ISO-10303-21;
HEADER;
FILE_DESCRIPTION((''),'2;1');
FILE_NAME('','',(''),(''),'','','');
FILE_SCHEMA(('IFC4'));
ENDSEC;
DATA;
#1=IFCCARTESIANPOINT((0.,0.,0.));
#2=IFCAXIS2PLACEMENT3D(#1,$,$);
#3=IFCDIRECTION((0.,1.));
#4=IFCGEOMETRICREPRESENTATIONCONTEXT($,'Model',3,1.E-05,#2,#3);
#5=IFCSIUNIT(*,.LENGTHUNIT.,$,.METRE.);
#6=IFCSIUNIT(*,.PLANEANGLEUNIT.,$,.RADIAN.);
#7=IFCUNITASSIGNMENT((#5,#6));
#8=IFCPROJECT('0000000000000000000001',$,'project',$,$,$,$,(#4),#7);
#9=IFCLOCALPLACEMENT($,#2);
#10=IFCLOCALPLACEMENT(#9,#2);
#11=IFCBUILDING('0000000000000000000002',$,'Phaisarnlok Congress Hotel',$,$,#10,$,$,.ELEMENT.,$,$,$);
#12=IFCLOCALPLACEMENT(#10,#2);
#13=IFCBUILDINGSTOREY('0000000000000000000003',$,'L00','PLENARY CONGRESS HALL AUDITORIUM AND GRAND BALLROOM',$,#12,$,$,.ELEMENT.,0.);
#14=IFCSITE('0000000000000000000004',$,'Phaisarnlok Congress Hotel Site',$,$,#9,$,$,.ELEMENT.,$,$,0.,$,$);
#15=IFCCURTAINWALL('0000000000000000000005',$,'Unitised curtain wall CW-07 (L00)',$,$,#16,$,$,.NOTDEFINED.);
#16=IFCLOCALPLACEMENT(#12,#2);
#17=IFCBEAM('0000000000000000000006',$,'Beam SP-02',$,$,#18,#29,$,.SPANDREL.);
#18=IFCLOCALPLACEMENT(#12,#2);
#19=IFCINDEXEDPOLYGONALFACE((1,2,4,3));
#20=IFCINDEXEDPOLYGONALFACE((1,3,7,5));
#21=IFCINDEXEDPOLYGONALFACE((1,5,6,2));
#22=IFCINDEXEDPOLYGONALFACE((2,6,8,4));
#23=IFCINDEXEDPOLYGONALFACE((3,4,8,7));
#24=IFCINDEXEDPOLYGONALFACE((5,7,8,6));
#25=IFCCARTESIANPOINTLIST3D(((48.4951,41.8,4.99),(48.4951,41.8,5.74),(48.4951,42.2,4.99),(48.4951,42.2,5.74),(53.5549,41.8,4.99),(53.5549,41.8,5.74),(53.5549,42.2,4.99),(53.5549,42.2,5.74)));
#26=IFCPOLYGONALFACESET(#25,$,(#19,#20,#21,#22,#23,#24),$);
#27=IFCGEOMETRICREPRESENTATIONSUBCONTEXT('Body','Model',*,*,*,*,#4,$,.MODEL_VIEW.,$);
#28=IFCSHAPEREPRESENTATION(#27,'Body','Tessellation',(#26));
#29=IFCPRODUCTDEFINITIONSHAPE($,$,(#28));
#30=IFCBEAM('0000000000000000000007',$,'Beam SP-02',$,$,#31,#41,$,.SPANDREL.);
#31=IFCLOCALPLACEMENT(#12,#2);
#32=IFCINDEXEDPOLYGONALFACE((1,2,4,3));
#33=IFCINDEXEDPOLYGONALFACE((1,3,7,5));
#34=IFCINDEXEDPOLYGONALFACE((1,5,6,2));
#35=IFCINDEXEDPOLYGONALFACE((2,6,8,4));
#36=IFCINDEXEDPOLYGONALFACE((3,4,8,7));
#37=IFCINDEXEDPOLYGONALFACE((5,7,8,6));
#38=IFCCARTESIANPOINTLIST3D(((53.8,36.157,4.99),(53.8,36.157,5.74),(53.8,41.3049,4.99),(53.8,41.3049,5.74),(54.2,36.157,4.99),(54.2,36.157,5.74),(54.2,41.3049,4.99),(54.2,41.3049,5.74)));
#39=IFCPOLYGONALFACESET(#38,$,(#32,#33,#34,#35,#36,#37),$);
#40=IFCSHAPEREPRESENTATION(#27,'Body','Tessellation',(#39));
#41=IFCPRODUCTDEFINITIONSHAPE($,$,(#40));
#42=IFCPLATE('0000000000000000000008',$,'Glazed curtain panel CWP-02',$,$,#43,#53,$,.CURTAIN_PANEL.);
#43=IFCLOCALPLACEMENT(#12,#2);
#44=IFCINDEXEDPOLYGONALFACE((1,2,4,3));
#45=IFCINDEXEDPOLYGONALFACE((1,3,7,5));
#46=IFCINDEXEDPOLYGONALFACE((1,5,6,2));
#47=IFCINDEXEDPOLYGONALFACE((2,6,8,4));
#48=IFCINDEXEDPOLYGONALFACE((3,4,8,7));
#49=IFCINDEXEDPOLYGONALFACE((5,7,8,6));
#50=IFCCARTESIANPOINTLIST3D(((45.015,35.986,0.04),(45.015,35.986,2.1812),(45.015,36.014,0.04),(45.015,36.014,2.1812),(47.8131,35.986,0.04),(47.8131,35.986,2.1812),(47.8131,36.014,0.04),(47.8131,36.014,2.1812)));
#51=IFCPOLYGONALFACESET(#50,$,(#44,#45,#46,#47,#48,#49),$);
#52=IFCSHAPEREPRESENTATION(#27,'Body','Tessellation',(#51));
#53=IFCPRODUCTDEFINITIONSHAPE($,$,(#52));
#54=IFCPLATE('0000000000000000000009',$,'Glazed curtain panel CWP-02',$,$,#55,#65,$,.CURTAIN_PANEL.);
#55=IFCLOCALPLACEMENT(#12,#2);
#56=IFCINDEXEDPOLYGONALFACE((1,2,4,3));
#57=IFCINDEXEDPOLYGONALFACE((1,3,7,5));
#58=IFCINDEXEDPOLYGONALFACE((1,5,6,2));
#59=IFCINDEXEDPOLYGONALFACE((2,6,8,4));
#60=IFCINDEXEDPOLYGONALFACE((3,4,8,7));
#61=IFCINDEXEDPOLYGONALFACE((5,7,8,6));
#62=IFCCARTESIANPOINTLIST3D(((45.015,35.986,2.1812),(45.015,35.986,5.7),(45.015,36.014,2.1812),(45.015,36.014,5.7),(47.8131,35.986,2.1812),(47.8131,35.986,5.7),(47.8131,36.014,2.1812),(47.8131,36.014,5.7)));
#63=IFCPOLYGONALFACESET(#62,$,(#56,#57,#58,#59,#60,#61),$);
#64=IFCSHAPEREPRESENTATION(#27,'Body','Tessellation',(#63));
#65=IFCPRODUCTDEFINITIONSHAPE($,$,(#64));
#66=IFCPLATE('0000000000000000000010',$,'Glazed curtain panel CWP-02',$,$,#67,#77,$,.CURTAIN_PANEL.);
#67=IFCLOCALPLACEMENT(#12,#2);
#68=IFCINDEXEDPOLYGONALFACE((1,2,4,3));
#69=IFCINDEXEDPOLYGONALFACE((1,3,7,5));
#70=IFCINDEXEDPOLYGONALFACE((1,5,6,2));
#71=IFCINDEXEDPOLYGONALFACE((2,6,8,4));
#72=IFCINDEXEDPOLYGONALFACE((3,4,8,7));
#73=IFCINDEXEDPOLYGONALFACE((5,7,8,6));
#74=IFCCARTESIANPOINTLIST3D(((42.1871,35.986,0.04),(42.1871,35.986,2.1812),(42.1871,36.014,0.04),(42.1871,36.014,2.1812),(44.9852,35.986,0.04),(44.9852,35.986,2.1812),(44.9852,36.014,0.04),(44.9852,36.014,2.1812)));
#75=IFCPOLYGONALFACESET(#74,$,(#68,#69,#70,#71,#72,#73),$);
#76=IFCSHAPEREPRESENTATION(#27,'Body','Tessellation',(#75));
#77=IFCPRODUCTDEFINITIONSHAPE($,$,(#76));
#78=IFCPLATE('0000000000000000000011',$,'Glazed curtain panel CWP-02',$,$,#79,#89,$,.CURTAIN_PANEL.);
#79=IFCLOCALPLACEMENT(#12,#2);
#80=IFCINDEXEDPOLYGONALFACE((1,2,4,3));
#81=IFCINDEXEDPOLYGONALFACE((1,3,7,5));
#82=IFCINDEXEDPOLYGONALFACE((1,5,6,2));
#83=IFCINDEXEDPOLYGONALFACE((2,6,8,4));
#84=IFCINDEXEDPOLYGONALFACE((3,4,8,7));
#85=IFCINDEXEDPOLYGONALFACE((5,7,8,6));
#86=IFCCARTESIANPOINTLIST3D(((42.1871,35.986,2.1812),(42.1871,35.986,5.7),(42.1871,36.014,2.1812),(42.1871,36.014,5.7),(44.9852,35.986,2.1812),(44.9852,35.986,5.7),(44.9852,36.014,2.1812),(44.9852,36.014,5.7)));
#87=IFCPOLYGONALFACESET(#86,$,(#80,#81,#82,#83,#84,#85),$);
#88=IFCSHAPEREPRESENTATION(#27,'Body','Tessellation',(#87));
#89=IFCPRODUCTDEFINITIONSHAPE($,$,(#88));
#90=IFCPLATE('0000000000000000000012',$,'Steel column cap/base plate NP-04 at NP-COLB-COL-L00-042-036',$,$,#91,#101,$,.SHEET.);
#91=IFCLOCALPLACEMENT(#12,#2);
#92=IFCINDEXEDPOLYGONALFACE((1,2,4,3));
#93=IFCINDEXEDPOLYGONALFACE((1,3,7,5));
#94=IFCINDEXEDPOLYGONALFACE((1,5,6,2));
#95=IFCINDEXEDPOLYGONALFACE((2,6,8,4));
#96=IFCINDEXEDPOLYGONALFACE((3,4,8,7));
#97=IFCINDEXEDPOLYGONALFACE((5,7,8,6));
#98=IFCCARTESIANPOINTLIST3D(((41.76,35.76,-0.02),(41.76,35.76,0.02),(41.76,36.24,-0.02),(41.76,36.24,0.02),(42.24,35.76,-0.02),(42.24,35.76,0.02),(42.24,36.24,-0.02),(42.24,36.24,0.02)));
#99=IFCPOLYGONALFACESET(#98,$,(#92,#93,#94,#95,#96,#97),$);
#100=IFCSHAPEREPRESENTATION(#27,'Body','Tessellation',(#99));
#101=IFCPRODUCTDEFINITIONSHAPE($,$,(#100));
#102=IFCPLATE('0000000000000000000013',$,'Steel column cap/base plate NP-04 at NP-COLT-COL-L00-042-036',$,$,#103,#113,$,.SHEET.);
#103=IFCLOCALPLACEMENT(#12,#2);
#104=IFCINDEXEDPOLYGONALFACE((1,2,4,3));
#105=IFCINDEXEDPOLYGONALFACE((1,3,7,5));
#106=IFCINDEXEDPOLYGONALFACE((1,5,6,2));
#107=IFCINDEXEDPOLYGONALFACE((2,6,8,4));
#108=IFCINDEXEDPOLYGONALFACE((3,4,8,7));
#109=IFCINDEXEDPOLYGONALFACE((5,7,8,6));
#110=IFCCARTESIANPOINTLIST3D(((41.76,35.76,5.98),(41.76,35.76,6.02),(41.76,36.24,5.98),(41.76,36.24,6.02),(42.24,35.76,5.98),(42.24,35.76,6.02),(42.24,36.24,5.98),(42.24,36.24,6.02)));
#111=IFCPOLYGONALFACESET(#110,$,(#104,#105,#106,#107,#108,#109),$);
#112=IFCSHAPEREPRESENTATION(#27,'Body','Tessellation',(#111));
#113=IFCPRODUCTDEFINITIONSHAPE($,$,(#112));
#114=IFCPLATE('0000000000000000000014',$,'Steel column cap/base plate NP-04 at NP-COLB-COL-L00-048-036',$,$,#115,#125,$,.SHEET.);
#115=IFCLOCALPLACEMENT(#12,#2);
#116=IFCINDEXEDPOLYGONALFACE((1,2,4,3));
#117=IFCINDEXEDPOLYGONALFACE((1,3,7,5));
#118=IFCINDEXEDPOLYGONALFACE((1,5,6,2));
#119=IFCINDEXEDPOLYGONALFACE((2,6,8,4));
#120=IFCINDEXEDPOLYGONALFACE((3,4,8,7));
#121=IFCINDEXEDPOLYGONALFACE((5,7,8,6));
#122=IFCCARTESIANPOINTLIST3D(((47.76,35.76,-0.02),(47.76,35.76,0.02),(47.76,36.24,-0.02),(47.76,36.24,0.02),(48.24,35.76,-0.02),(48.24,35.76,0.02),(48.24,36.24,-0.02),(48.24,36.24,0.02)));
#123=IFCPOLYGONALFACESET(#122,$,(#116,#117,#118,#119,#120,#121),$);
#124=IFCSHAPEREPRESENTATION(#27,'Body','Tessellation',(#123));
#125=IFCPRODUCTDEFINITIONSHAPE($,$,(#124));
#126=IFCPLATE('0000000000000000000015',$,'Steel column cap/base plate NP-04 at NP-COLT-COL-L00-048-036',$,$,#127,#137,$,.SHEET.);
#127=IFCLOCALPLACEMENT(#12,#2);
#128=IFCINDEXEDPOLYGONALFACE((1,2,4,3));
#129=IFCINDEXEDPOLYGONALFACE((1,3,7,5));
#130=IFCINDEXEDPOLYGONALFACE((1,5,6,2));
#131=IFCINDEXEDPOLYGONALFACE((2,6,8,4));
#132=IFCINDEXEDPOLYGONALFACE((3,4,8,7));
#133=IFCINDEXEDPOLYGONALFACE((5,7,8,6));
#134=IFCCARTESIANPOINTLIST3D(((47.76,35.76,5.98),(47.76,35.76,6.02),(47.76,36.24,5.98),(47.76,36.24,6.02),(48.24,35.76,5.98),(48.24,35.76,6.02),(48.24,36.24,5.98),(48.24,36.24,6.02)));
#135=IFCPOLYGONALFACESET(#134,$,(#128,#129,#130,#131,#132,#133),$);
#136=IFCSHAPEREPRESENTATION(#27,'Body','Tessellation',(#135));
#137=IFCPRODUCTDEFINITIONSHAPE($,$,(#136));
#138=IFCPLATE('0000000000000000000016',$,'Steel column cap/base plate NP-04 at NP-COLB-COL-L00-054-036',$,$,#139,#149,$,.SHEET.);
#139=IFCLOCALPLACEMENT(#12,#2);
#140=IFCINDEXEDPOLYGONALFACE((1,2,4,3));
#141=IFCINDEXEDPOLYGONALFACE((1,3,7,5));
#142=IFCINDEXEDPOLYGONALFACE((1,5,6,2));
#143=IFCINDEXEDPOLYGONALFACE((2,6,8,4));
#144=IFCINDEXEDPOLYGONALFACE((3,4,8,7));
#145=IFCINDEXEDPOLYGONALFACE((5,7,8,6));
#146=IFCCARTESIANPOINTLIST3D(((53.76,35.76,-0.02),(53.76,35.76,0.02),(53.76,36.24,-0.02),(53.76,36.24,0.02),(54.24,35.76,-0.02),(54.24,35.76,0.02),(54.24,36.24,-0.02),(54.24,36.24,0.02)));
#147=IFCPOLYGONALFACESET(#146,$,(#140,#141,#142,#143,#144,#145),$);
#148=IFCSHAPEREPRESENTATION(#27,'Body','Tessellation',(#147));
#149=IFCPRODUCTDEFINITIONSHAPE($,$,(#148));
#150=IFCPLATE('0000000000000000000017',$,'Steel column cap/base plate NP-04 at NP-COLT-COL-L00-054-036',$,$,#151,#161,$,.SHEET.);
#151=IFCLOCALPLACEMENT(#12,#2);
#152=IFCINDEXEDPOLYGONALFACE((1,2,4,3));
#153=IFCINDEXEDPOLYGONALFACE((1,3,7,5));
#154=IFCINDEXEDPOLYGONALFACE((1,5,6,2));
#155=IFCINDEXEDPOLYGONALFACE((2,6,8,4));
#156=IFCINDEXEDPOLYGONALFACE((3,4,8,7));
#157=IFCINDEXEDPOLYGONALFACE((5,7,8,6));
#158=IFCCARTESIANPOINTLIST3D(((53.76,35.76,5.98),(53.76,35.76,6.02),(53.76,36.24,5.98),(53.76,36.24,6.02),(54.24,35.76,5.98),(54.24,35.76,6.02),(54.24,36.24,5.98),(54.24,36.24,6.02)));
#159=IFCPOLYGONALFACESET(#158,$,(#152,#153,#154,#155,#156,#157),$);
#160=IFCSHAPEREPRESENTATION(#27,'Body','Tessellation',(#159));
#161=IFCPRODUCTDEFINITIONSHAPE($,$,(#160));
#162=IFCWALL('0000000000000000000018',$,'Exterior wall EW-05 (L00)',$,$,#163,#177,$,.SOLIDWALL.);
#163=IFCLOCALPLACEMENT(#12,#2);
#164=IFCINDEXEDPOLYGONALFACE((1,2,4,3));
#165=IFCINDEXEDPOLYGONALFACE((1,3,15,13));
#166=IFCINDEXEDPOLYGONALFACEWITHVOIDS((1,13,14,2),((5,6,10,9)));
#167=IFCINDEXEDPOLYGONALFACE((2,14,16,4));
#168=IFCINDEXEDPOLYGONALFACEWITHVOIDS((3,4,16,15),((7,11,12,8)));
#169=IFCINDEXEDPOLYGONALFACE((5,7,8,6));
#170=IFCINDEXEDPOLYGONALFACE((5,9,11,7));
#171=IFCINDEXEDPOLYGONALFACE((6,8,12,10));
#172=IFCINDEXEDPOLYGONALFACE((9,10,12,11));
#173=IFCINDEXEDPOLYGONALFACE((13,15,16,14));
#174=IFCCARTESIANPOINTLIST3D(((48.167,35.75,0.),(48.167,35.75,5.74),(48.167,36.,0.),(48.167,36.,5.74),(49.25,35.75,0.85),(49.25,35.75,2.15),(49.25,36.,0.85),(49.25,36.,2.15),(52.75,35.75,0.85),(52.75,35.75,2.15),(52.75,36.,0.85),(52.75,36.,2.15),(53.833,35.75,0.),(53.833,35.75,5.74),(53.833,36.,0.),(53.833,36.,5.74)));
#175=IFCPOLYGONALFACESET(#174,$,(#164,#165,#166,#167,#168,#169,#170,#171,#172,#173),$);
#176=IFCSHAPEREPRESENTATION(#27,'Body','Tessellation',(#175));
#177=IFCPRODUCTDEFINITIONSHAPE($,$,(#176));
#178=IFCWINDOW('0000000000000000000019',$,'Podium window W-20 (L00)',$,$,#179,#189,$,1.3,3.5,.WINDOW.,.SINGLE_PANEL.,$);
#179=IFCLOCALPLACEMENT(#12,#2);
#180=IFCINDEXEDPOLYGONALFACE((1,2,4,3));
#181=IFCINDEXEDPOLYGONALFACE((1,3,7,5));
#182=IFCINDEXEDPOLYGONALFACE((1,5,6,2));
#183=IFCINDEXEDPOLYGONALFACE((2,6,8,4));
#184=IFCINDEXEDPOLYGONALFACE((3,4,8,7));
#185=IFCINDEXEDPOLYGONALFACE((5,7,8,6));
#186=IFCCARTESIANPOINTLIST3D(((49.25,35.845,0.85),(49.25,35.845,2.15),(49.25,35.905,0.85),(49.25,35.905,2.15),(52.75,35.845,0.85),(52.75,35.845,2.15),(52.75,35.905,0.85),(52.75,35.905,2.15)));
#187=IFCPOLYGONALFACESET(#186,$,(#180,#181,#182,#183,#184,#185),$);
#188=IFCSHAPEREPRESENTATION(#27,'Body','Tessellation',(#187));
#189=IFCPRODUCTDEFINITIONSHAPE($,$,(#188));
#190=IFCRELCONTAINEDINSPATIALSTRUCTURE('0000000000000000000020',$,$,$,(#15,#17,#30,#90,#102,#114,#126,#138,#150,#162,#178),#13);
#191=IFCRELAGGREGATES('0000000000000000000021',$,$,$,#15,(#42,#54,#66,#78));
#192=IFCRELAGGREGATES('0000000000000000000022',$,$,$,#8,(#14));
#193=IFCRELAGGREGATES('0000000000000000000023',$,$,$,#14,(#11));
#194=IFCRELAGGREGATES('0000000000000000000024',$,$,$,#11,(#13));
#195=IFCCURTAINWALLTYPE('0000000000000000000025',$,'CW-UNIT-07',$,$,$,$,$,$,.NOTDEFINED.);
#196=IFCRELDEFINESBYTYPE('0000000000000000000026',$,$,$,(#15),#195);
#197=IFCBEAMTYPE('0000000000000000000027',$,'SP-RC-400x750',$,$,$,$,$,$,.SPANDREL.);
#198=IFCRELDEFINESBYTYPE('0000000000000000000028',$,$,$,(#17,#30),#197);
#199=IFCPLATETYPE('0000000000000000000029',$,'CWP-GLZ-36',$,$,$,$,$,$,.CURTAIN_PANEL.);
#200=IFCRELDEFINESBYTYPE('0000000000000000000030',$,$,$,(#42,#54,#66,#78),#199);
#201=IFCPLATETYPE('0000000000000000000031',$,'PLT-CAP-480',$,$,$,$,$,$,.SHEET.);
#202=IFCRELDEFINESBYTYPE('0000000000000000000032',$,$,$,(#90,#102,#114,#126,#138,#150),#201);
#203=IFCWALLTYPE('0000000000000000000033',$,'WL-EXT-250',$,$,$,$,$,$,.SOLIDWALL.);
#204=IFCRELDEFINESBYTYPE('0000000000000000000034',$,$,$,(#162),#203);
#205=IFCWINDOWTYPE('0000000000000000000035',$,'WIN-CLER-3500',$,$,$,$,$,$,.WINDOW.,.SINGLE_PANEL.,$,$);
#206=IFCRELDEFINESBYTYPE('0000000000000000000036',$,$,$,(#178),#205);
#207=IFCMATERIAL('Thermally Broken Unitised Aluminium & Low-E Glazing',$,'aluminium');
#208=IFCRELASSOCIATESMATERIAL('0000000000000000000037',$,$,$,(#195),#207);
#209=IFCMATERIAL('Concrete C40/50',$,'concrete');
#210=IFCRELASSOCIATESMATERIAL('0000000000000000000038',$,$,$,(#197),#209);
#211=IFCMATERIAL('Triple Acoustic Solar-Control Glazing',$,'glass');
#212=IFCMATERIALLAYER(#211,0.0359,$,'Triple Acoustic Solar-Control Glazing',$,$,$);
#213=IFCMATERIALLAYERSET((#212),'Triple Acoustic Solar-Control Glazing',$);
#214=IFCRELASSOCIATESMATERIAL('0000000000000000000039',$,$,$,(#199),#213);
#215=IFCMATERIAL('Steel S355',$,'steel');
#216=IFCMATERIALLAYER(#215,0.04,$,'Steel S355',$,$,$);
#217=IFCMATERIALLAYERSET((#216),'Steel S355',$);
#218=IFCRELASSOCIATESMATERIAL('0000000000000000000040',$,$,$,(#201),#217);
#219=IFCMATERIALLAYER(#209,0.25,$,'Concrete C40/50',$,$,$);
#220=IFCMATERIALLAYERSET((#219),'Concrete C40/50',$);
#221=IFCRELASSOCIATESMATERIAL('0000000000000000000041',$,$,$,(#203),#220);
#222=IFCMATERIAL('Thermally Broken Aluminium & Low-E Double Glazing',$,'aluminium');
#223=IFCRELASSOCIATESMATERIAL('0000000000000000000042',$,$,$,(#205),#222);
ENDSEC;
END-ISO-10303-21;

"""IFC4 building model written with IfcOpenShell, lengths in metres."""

from ifc_helpers import new_model, si_unit, direction, frame, frame_2d, origin, origin_2d, place, context, subcontext, project, spatial, rectangle, extrude, material, layer, layer_set, material_profile, profile_set, type_object, element, fill, aggregate, save


model = new_model("IFC4")

# Units and contexts
model_context = context("Model", 3, precision=1e-05, world=origin(), true_north=direction((0.0, 1.0)))
body_context = subcontext(model_context, "Body", "Model", "MODEL_VIEW")
ifc_project = project(units=[si_unit("LENGTHUNIT", "METRE"), si_unit("PLANEANGLEUNIT", "RADIAN")], contexts=[model_context])

# Site, building, storey
site_placement = place(None, origin())
site = spatial("IfcSite", under=ifc_project, at=site_placement, Name="Phaisarnlok Congress Hotel Site", CompositionType="ELEMENT", RefElevation=0.0)
building_placement = place(site_placement, origin())
building = spatial("IfcBuilding", under=site, at=building_placement, Name="Phaisarnlok Congress Hotel", CompositionType="ELEMENT")
storey_placement = place(building_placement, origin())
storey = spatial("IfcBuildingStorey", under=building, at=storey_placement, Name="L00", Description="PLENARY CONGRESS HALL AUDITORIUM AND GRAND BALLROOM", CompositionType="ELEMENT", Elevation=0.0)

# Shared definitions
ifc_material_1 = material(Name="Steel S355", Category="steel")

# Shared definitions
ifc_material_2 = material(Name="Thermally Broken Unitised Aluminium & Low-E Glazing", Category="aluminium")

# Curtain wall
curtain_wall_type_1 = type_object("IfcCurtainWallType", Name="CW-UNIT-07", PredefinedType="NOTDEFINED", material=ifc_material_2)
curtain_wall_1_placement = place(storey_placement, origin())
curtain_wall_1 = element("IfcCurtainWall", 1, at=curtain_wall_1_placement, inside=storey, type_object=curtain_wall_type_1, Name="Unitised curtain wall CW-07 (L00)", PredefinedType="NOTDEFINED")

# Beams
ifc_material_3 = material(Name="Concrete C40/50", Category="concrete")
ifc_material_profile_1 = material_profile(ifc_material_3, rectangle(XDim=0.3999, YDim=0.75, at=origin_2d()), Name="RC 400x750")
ifc_profile_set_1 = profile_set([ifc_material_profile_1], Name="Concrete C40/50")
beam_type = type_object("IfcBeamType", Name="SP-RC-400x750", PredefinedType="SPANDREL", material=ifc_profile_set_1)
for number, where, z_axis, x_axis, name in (
    (2, (48.4951, 42.0, 5.365), (1.0, 0.0, 0.0), (0.0, 1.0, 0.0), "Beam SP-02"),
):
    element("IfcBeam", number, at=place(storey_placement, frame(where, z_axis=z_axis, x_axis=x_axis)), inside=storey, type_object=beam_type, Name=name, PredefinedType="SPANDREL", context=body_context, shape_type="SweptSolid", body=[
        extrude(rectangle(XDim=0.3999, YDim=0.75, at=origin_2d()), origin(), (0.0, 0.0, 1.0), 5.0598),
    ])
beam_placement = place(storey_placement, frame((54.0, 36.157, 5.365), z_axis=(0.0, 1.0, 0.0), x_axis=(-1.0, 0.0, 0.0)))
element("IfcBeam", 3, at=beam_placement, inside=storey, type_object=beam_type, Name="Beam SP-02", PredefinedType="SPANDREL", context=body_context, shape_type="SweptSolid", body=[
    extrude(rectangle(XDim=0.3999, YDim=0.75, at=origin_2d()), origin(), (0.0, 0.0, 1.0), 5.1479),
])

# Plates
ifc_material_4 = material(Name="Triple Acoustic Solar-Control Glazing", Category="glass")
ifc_layer_1 = layer(ifc_material_4, 0.0359, Name="Triple Acoustic Solar-Control Glazing")
ifc_layer_set_1 = layer_set([ifc_layer_1], Name="Triple Acoustic Solar-Control Glazing")
plate_type_1 = type_object("IfcPlateType", Name="CWP-GLZ-36", PredefinedType="CURTAIN_PANEL", material=ifc_layer_set_1)
plate_1_placement = place(storey_placement, frame((47.813, 36.0, 0.04), z_axis=(0.0, 0.0, 1.0), x_axis=(-1.0, 0.0, 0.0)))
plate_1 = element("IfcPlate", 4, at=plate_1_placement, type_object=plate_type_1, Name="Glazed curtain panel CWP-02", PredefinedType="CURTAIN_PANEL", context=body_context, shape_type="SweptSolid", body=[
    extrude(rectangle(XDim=2.7981, YDim=0.0281, at=frame_2d((1.3989, 0.0))), origin(), (0.0, 0.0, 1.0), 2.1411),
])
plate_2_placement = place(storey_placement, frame((47.813, 36.0, 2.1812), z_axis=(0.0, 0.0, 1.0), x_axis=(-1.0, 0.0, 0.0)))
plate_2 = element("IfcPlate", 5, at=plate_2_placement, type_object=plate_type_1, Name="Glazed curtain panel CWP-02", PredefinedType="CURTAIN_PANEL", context=body_context, shape_type="SweptSolid", body=[
    extrude(rectangle(XDim=2.7981, YDim=0.0281, at=frame_2d((1.3989, 0.0))), origin(), (0.0, 0.0, 1.0), 3.5188),
])
plate_3_placement = place(storey_placement, frame((44.9851, 36.0, 0.04), z_axis=(0.0, 0.0, 1.0), x_axis=(-1.0, 0.0, 0.0)))
plate_3 = element("IfcPlate", 6, at=plate_3_placement, type_object=plate_type_1, Name="Glazed curtain panel CWP-02", PredefinedType="CURTAIN_PANEL", context=body_context, shape_type="SweptSolid", body=[
    extrude(rectangle(XDim=2.7981, YDim=0.0281, at=frame_2d((1.3989, 0.0))), origin(), (0.0, 0.0, 1.0), 2.1411),
])
plate_4_placement = place(storey_placement, frame((44.9851, 36.0, 2.1812), z_axis=(0.0, 0.0, 1.0), x_axis=(-1.0, 0.0, 0.0)))
plate_4 = element("IfcPlate", 7, at=plate_4_placement, type_object=plate_type_1, Name="Glazed curtain panel CWP-02", PredefinedType="CURTAIN_PANEL", context=body_context, shape_type="SweptSolid", body=[
    extrude(rectangle(XDim=2.7981, YDim=0.0281, at=frame_2d((1.3989, 0.0))), origin(), (0.0, 0.0, 1.0), 3.5188),
])
aggregate(curtain_wall_1, [plate_1, plate_2, plate_3, plate_4])

# Plates
ifc_layer_2 = layer(ifc_material_1, 0.04, Name="Steel S355")
ifc_layer_set_2 = layer_set([ifc_layer_2], Name="Steel S355")
plate_type_2 = type_object("IfcPlateType", Name="PLT-CAP-480", PredefinedType="SHEET", material=ifc_layer_set_2)
for number, where, z_axis, x_axis, name in (
    (8, (42.0, 36.0, -0.02), (0.0, 0.0, 1.0), (1.0, 0.0, 0.0), "Steel column cap/base plate NP-04 at NP-COLB-COL-L00-042-036"),
    (9, (42.0, 36.0, 5.98), (0.0, 0.0, 1.0), (1.0, 0.0, 0.0), "Steel column cap/base plate NP-04 at NP-COLT-COL-L00-042-036"),
    (10, (48.0, 36.0, -0.02), (0.0, 0.0, 1.0), (1.0, 0.0, 0.0), "Steel column cap/base plate NP-04 at NP-COLB-COL-L00-048-036"),
    (11, (48.0, 36.0, 5.98), (0.0, 0.0, 1.0), (1.0, 0.0, 0.0), "Steel column cap/base plate NP-04 at NP-COLT-COL-L00-048-036"),
    (12, (54.0, 36.0, -0.02), (0.0, 0.0, 1.0), (1.0, 0.0, 0.0), "Steel column cap/base plate NP-04 at NP-COLB-COL-L00-054-036"),
    (13, (54.0, 36.0, 5.98), (0.0, 0.0, 1.0), (1.0, 0.0, 0.0), "Steel column cap/base plate NP-04 at NP-COLT-COL-L00-054-036"),
):
    element("IfcPlate", number, at=place(storey_placement, frame(where, z_axis=z_axis, x_axis=x_axis)), inside=storey, type_object=plate_type_2, Name=name, PredefinedType="SHEET", context=body_context, shape_type="SweptSolid", body=[
        extrude(rectangle(XDim=0.48, YDim=0.48, at=origin_2d()), origin(), (0.0, 0.0, 1.0), 0.04),
    ])

# Wall, opening, window
ifc_layer_3 = layer(ifc_material_3, 0.25, Name="Concrete C40/50")
ifc_layer_set_3 = layer_set([ifc_layer_3], Name="Concrete C40/50")
wall_type_1 = type_object("IfcWallType", Name="WL-EXT-250", PredefinedType="SOLIDWALL", material=ifc_layer_set_3)
wall_1_placement = place(storey_placement, frame((53.833, 35.875, 0.0), z_axis=(0.0, 0.0, 1.0), x_axis=(-1.0, 0.0, 0.0)))
wall_1 = element("IfcWall", 14, at=wall_1_placement, inside=storey, type_object=wall_type_1, Name="Exterior wall EW-05 (L00)", PredefinedType="SOLIDWALL", context=body_context, shape_type="SweptSolid", body=[
    extrude(rectangle(XDim=5.666, YDim=0.25, at=frame_2d((2.833, 0.0))), origin(), (0.0, 0.0, 1.0), 5.74),
])
opening_1_placement = place(wall_1_placement, frame((1.083, 0.0, 0.8501)))
opening_1 = element("IfcOpeningElement", 15, at=opening_1_placement, cuts=wall_1, PredefinedType="OPENING", context=body_context, shape_type="SweptSolid", body=[
    extrude(rectangle(XDim=3.5, YDim=1.3, at=frame_2d((1.75, 0.6499))), frame((0.0, 0.135, 0.0), z_axis=(0.0, -1.0, 0.0), x_axis=(1.0, 0.0, 0.0)), (0.0, 0.0, 1.0), 0.27),
])
ifc_material_5 = material(Name="Thermally Broken Aluminium & Low-E Double Glazing", Category="aluminium")
window_type = type_object("IfcWindowType", Name="WIN-CLER-3500", PartitioningType="SINGLE_PANEL", PredefinedType="WINDOW", material=ifc_material_5)
window_placement = place(opening_1_placement, origin())
window = element("IfcWindow", 16, at=window_placement, inside=storey, type_object=window_type, Name="Podium window W-20 (L00)", OverallHeight=1.3, OverallWidth=3.5, PartitioningType="SINGLE_PANEL", PredefinedType="WINDOW", context=body_context, shape_type="SweptSolid", body=[
    extrude(rectangle(XDim=3.5, YDim=1.3, at=frame_2d((1.75, 0.6499))), frame((0.0, 0.03, 0.0), z_axis=(0.0, -1.0, 0.0), x_axis=(1.0, 0.0, 0.0)), (0.0, 0.0, 1.0), 0.0601),
])
fill(opening_1, window)

save(model, "model.ifc")
